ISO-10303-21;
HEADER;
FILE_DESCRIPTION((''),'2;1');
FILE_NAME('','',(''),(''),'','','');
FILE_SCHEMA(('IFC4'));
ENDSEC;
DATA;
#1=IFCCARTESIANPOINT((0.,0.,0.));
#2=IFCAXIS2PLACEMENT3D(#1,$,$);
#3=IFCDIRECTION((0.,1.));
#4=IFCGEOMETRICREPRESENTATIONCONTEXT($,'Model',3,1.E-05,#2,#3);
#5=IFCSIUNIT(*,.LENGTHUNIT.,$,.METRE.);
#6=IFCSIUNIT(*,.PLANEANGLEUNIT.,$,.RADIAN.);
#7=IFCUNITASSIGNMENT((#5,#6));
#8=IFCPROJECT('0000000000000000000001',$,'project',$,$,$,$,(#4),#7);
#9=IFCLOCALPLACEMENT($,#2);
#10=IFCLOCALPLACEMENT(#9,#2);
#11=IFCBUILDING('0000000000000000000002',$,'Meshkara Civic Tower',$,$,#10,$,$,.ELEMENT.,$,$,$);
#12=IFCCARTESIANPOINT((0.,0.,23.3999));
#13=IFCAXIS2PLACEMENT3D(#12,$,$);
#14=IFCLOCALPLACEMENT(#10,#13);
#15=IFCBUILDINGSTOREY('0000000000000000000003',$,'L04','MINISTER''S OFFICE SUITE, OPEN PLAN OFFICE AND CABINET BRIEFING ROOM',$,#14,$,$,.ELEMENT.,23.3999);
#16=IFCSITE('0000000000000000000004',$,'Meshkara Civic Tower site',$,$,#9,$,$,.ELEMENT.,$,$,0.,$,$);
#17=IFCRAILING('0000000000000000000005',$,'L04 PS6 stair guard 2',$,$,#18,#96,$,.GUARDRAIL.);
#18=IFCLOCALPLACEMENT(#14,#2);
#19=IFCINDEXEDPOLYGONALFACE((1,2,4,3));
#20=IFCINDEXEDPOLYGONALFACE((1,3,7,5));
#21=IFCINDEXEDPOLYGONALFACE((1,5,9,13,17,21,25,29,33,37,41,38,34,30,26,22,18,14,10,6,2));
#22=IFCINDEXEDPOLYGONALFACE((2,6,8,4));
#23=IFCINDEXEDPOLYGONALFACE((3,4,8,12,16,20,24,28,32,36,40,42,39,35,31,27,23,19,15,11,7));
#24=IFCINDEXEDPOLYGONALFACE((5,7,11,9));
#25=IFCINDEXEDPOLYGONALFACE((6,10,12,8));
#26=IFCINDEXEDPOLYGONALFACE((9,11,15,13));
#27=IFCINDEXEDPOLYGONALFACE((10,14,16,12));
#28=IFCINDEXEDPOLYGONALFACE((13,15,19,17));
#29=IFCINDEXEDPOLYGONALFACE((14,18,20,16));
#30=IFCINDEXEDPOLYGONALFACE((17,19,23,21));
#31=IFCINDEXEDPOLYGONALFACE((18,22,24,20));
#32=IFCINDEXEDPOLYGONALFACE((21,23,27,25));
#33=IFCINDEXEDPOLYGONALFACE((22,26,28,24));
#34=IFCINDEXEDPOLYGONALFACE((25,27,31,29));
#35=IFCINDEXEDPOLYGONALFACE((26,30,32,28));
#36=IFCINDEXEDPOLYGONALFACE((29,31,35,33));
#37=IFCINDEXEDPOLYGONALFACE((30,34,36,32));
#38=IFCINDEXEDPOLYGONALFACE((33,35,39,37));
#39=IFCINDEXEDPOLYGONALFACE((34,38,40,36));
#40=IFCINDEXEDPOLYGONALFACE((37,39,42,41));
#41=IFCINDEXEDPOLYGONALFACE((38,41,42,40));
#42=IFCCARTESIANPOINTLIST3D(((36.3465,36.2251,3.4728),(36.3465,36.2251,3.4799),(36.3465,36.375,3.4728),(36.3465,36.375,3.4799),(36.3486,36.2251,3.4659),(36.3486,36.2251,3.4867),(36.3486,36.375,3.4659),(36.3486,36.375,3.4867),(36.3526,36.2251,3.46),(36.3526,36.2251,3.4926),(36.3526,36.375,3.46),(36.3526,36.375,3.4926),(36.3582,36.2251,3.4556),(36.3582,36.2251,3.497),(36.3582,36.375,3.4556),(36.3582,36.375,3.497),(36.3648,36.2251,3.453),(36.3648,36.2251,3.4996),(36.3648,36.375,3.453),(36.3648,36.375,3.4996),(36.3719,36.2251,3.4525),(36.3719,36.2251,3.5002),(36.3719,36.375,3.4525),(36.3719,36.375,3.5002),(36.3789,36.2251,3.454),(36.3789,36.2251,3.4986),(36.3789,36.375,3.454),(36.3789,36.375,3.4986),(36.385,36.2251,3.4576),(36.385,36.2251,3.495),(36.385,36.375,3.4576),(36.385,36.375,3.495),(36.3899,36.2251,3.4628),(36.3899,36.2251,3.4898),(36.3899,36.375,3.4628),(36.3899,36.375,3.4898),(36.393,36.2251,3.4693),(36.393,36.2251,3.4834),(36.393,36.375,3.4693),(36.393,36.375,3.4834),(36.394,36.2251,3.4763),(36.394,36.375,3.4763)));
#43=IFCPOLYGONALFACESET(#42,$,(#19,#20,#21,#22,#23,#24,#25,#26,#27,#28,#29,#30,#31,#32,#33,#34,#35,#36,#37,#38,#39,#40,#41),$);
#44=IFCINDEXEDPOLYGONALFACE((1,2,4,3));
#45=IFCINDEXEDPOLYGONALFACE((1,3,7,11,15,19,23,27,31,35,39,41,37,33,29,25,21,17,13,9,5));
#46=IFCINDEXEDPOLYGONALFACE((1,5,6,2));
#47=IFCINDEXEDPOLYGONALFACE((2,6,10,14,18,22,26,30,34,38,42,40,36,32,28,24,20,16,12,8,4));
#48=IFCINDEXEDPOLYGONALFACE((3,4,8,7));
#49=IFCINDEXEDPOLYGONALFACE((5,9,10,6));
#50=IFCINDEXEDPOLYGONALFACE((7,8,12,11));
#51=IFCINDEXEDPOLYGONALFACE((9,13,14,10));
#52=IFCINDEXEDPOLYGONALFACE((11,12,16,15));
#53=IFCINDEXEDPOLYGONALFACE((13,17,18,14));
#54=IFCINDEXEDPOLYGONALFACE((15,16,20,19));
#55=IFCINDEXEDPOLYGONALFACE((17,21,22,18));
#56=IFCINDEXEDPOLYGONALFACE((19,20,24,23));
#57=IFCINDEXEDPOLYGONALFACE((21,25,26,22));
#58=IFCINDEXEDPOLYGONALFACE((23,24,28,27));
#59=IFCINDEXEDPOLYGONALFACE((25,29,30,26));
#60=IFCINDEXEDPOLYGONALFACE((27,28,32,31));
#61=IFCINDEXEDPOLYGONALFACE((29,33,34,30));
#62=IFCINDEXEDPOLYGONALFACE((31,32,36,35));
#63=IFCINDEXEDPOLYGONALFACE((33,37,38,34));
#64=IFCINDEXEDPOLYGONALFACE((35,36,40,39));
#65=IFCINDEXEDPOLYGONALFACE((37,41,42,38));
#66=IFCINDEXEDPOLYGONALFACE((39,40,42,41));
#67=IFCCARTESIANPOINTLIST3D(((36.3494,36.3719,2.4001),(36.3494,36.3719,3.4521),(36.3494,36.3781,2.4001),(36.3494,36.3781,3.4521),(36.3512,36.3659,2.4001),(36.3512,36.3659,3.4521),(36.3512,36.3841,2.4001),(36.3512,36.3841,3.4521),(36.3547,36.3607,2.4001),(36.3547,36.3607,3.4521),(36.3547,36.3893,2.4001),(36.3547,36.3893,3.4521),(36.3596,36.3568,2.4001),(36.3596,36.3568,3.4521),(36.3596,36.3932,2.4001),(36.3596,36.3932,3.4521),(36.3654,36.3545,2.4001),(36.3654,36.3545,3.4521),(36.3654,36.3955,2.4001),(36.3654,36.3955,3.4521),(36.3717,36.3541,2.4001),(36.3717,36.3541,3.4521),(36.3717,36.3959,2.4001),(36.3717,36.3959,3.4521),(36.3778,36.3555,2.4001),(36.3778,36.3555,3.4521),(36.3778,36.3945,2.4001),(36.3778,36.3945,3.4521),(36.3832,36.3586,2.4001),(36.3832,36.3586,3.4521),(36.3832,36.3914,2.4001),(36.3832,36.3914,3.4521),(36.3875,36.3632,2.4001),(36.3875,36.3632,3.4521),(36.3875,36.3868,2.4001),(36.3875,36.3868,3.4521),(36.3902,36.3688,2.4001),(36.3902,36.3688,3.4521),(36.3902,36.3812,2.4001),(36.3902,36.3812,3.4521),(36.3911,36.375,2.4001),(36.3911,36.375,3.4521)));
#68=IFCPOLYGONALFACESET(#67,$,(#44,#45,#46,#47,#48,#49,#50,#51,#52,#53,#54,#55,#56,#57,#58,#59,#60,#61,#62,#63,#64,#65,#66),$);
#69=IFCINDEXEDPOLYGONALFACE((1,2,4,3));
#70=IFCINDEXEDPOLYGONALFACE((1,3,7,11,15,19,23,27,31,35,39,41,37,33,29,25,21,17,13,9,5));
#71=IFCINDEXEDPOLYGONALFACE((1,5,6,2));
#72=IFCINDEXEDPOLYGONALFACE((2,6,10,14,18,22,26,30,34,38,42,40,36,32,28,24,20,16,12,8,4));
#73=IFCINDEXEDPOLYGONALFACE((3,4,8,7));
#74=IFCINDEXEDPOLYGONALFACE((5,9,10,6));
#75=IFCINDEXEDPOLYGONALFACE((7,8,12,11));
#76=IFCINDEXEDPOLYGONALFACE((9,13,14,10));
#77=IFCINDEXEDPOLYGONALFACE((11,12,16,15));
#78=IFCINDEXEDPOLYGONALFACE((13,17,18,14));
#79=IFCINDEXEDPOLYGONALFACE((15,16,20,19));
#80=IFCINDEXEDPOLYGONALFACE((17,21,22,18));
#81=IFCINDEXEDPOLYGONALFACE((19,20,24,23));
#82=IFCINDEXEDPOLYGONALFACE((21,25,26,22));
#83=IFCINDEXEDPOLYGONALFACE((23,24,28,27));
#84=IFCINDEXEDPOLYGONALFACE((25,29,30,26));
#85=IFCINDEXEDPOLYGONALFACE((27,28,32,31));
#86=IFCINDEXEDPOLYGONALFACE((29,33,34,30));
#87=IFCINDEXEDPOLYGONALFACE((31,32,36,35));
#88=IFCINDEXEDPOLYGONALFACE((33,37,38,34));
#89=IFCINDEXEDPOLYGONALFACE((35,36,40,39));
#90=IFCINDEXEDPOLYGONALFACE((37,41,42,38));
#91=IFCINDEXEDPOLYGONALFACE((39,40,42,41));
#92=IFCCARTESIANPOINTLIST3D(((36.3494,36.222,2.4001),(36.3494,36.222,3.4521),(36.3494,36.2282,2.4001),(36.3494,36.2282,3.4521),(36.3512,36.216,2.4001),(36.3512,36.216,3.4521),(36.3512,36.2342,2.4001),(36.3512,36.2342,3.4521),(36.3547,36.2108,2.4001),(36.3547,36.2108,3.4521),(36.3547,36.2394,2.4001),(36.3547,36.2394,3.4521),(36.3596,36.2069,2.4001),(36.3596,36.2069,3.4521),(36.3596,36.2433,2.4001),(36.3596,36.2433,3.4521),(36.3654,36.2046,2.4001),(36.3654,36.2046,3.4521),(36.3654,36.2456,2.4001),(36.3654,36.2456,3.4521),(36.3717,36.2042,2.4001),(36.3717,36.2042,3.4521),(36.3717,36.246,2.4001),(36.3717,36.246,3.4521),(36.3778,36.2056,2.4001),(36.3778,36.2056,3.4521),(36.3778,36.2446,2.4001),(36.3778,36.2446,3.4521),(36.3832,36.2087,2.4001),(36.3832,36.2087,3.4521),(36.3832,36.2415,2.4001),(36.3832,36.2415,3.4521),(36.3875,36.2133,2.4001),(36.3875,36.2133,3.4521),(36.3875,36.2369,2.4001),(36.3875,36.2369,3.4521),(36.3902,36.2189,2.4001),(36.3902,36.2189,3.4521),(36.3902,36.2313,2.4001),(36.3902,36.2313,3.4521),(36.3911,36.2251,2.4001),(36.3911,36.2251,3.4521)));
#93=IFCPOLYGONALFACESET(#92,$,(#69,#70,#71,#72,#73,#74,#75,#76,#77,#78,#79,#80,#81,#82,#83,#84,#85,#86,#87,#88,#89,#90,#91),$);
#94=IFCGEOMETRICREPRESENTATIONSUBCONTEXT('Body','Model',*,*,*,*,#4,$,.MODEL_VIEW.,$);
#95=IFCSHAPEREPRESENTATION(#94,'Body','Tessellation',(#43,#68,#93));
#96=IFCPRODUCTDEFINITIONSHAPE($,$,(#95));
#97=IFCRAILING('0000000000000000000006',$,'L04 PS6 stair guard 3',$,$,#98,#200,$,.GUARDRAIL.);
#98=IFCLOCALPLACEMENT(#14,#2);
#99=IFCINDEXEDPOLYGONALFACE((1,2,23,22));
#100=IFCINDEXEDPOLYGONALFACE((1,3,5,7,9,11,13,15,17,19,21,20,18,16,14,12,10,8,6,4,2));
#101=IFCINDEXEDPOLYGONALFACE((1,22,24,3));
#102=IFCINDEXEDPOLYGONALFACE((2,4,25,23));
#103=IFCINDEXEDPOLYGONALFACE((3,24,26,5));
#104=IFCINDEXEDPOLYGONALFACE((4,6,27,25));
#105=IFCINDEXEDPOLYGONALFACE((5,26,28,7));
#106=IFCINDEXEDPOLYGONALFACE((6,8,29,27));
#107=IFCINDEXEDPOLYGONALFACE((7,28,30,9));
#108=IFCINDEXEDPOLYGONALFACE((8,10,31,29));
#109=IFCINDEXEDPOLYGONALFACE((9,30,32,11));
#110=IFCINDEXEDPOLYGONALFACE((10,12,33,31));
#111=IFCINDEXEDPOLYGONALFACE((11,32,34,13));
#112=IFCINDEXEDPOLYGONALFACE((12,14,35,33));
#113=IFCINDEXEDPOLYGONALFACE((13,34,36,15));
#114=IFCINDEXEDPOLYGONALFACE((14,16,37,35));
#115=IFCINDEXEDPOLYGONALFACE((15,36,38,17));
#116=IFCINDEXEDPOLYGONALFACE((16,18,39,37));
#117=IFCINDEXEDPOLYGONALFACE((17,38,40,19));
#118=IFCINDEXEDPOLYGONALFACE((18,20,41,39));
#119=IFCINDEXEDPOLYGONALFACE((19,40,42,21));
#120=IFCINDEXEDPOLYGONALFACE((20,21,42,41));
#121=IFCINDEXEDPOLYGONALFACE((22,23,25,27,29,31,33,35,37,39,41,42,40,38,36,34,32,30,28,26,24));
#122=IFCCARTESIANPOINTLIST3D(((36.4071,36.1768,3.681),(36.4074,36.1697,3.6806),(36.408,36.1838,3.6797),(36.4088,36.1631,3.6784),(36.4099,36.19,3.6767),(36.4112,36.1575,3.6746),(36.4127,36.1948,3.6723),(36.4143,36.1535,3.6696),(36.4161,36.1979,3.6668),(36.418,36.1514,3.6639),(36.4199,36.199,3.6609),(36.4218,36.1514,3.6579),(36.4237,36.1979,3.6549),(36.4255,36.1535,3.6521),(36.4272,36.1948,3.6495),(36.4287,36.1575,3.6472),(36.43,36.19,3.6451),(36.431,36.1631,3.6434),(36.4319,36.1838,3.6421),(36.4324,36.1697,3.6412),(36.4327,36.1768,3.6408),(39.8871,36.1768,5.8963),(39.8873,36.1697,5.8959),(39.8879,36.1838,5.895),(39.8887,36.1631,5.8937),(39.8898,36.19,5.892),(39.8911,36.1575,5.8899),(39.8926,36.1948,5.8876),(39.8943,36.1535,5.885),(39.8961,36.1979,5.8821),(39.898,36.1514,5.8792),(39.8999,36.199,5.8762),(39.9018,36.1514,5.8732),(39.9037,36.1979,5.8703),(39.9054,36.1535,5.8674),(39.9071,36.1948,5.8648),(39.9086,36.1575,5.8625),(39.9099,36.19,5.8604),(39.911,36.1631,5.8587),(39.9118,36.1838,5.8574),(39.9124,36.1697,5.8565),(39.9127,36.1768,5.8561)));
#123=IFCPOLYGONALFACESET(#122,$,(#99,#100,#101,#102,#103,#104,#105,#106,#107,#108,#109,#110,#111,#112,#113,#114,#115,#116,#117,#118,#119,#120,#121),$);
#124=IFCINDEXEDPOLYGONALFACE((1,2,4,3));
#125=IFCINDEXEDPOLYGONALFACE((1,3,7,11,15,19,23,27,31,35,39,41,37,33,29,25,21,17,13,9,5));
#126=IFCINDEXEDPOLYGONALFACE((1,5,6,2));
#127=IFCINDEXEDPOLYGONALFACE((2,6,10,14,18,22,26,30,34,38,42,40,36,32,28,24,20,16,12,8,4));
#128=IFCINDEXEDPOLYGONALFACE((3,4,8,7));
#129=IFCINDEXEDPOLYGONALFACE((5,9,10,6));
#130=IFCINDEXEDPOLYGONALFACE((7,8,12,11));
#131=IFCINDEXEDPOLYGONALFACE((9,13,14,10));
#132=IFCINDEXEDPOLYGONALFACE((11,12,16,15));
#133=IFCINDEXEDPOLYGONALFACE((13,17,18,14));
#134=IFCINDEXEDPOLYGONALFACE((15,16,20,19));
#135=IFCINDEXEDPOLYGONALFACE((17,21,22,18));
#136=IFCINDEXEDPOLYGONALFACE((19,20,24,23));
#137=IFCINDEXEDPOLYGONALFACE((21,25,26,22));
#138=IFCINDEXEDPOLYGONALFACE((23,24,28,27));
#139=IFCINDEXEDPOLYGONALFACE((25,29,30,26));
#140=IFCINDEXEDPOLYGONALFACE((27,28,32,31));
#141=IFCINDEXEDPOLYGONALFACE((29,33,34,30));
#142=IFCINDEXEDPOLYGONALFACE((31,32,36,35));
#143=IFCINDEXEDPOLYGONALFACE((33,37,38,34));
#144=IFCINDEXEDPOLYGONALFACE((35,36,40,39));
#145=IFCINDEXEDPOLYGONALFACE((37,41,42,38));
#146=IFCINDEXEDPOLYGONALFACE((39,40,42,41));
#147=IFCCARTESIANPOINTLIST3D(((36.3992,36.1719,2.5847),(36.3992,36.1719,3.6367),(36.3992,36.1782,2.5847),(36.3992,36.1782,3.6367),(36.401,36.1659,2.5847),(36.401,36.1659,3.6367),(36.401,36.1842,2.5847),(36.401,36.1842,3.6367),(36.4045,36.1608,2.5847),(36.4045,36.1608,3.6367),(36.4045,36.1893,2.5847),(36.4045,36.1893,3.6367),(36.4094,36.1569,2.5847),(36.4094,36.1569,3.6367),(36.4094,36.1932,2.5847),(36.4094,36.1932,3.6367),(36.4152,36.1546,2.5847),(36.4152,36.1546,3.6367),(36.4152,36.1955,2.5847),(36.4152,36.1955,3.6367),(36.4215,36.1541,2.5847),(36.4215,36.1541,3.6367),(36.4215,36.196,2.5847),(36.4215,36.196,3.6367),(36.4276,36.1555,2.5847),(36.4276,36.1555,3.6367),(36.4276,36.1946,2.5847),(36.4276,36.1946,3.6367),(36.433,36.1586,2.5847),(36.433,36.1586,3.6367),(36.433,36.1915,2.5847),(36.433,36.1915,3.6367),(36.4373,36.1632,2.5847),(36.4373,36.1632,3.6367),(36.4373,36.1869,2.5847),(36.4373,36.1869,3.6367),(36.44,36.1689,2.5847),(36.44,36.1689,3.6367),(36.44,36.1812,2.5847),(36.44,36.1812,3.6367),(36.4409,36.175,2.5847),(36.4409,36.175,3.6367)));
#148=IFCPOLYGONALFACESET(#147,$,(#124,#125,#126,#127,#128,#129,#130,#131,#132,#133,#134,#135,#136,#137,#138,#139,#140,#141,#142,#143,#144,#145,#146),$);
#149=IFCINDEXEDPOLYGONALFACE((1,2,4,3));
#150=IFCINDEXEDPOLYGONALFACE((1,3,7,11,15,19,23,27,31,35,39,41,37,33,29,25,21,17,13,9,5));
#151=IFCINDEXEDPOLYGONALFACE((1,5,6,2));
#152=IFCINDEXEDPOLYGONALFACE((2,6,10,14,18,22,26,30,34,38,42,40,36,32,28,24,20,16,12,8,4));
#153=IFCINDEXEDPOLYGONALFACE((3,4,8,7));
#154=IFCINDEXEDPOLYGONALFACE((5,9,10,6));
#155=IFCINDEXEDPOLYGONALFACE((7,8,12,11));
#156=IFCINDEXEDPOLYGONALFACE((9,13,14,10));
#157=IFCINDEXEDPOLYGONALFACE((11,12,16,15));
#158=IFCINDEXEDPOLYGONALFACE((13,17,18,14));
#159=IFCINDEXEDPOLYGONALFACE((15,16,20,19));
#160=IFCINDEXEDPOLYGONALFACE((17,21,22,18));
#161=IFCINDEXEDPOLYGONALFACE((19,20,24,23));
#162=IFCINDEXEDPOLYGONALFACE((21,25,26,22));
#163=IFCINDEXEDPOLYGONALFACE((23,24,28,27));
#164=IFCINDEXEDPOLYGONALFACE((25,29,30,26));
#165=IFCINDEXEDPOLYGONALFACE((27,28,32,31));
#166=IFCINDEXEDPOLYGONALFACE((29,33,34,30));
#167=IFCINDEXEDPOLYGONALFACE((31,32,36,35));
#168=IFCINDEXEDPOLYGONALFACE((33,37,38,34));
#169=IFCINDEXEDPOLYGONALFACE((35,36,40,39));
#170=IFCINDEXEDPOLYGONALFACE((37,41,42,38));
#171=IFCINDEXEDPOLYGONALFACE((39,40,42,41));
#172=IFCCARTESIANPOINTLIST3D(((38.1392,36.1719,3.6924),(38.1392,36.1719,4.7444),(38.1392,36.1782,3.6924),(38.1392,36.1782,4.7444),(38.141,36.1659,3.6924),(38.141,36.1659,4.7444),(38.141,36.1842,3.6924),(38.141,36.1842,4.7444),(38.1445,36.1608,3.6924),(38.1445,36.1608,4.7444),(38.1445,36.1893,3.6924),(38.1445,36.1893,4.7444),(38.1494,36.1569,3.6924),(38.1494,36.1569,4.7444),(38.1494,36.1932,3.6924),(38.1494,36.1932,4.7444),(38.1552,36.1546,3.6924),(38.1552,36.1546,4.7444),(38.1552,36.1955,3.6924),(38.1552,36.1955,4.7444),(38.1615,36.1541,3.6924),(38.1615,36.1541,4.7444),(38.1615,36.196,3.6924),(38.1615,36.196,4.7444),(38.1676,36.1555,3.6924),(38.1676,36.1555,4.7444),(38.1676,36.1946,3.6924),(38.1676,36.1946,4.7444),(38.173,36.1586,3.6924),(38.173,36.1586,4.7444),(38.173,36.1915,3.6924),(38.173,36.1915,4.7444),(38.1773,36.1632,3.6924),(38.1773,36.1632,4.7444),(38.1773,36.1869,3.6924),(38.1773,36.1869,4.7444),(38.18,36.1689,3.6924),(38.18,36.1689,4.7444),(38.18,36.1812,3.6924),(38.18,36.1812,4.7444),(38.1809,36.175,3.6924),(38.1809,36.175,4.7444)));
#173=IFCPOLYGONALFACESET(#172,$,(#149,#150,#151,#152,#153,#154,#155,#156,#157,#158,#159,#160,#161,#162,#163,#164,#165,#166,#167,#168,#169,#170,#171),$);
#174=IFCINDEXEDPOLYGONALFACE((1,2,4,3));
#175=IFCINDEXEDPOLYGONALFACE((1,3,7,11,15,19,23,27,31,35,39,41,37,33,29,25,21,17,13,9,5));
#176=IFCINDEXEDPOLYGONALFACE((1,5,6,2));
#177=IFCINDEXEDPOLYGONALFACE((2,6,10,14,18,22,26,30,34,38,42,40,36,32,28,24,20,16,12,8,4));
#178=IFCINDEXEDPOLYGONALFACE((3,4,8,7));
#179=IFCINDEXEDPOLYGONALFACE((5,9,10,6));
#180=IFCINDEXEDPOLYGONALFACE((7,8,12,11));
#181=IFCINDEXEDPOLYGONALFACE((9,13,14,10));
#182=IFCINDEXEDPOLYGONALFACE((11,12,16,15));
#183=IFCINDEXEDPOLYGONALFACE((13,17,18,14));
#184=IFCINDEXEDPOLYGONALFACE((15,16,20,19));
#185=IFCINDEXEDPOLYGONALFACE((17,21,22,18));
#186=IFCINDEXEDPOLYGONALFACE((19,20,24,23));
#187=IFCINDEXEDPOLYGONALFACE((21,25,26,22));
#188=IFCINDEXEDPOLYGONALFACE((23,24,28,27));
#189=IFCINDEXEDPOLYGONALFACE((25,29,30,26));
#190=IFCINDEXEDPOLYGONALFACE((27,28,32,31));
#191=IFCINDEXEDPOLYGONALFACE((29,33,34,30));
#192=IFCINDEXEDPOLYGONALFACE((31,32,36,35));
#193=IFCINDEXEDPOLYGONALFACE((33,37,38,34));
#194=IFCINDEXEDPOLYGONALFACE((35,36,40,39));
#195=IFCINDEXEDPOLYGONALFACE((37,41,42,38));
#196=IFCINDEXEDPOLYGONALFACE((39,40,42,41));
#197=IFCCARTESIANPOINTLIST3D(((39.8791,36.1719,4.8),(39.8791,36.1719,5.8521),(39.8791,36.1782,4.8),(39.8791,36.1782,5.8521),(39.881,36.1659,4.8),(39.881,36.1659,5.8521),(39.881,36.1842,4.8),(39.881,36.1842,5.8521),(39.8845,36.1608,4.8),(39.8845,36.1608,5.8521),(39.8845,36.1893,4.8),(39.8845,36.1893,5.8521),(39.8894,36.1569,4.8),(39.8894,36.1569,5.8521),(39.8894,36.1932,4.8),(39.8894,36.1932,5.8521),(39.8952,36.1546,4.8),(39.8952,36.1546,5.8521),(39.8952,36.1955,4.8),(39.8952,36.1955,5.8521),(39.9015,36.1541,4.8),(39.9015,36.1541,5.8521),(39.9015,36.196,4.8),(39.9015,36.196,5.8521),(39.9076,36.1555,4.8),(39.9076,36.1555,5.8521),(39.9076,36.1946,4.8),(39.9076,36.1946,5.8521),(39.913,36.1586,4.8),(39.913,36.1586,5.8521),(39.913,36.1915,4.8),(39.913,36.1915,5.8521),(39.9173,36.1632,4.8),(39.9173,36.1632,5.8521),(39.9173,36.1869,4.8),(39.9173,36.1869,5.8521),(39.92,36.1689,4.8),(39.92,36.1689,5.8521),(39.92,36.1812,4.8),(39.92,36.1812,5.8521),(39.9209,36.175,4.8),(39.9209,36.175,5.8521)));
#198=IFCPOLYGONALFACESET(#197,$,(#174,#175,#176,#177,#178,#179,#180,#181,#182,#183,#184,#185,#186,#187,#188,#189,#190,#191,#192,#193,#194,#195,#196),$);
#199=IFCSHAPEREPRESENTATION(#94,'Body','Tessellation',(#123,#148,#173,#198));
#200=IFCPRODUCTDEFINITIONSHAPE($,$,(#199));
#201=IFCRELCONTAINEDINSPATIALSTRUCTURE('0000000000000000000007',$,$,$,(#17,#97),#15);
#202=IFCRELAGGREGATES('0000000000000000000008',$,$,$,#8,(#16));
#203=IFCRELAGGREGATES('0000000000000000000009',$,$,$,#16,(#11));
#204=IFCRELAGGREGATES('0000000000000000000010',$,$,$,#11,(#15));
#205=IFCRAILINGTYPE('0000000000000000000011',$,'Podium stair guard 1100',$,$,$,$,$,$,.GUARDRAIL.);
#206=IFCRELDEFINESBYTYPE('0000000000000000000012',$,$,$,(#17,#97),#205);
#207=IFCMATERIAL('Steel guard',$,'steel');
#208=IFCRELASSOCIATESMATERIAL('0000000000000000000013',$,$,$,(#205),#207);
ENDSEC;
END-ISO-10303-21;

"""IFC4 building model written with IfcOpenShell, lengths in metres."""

from ifc_helpers import new_model, si_unit, direction, frame, origin, origin_2d, place, context, subcontext, project, spatial, circle, extrude, material, type_object, element, save


model = new_model("IFC4")

# Units and contexts
model_context = context("Model", 3, precision=1e-05, world=origin(), true_north=direction((0.0, 1.0)))
body_context = subcontext(model_context, "Body", "Model", "MODEL_VIEW")
ifc_project = project(units=[si_unit("LENGTHUNIT", "METRE"), si_unit("PLANEANGLEUNIT", "RADIAN")], contexts=[model_context])

# Site, building, storey
site_placement = place(None, origin())
site = spatial("IfcSite", under=ifc_project, at=site_placement, Name="Meshkara Civic Tower site", CompositionType="ELEMENT", RefElevation=0.0)
building_placement = place(site_placement, origin())
building = spatial("IfcBuilding", under=site, at=building_placement, Name="Meshkara Civic Tower", CompositionType="ELEMENT")
storey_placement = place(building_placement, frame((0.0, 0.0, 23.3999)))
storey = spatial("IfcBuildingStorey", under=building, at=storey_placement, Name="L04", Description="MINISTER'S OFFICE SUITE, OPEN PLAN OFFICE AND CABINET BRIEFING ROOM", CompositionType="ELEMENT", Elevation=23.3999)

# Railings
ifc_material_1 = material(Name="Steel guard", Category="steel")
railing_type_1 = type_object("IfcRailingType", Name="Podium stair guard 1100", PredefinedType="GUARDRAIL", material=ifc_material_1)
railing_1_placement = place(storey_placement, frame((36.3701, 36.375, 2.4001)))
element("IfcRailing", 1, at=railing_1_placement, inside=storey, type_object=railing_type_1, Name="L04 PS6 stair guard 2", PredefinedType="GUARDRAIL", context=body_context, shape_type="SweptSolid", body=[
    extrude(circle(Radius=0.0239, at=origin_2d()), frame((0.0, 0.0, 1.0762), z_axis=(0.0, -1.0, 0.0), x_axis=(1.0, 0.0, 0.0)), (0.0, 0.0, 1.0), 0.1499),
    extrude(circle(Radius=0.021, at=origin_2d()), origin(), (0.0, 0.0, 1.0), 1.052),
    extrude(circle(Radius=0.021, at=origin_2d()), frame((0.0, -0.1499, 0.0)), (0.0, 0.0, 1.0), 1.052),
])
railing_2_placement = place(storey_placement, frame((36.4199, 36.175, 2.5847)))
element("IfcRailing", 2, at=railing_2_placement, inside=storey, type_object=railing_type_1, Name="L04 PS6 stair guard 3", PredefinedType="GUARDRAIL", context=body_context, shape_type="SweptSolid", body=[
    extrude(circle(Radius=0.0239, at=origin_2d()), frame((0.0, 0.0, 1.0762), z_axis=(0.843574, 0.0, 0.537013), x_axis=(0.0, 1.0, 0.0)), (0.0, 0.0, 1.0), 4.1252),
    extrude(circle(Radius=0.021, at=origin_2d()), origin(), (0.0, 0.0, 1.0), 1.052),
    extrude(circle(Radius=0.021, at=origin_2d()), frame((1.74, 0.0, 1.1077)), (0.0, 0.0, 1.0), 1.052),
    extrude(circle(Radius=0.021, at=origin_2d()), frame((3.48, 0.0, 2.2153)), (0.0, 0.0, 1.0), 1.052),
])

save(model, "model.ifc")
